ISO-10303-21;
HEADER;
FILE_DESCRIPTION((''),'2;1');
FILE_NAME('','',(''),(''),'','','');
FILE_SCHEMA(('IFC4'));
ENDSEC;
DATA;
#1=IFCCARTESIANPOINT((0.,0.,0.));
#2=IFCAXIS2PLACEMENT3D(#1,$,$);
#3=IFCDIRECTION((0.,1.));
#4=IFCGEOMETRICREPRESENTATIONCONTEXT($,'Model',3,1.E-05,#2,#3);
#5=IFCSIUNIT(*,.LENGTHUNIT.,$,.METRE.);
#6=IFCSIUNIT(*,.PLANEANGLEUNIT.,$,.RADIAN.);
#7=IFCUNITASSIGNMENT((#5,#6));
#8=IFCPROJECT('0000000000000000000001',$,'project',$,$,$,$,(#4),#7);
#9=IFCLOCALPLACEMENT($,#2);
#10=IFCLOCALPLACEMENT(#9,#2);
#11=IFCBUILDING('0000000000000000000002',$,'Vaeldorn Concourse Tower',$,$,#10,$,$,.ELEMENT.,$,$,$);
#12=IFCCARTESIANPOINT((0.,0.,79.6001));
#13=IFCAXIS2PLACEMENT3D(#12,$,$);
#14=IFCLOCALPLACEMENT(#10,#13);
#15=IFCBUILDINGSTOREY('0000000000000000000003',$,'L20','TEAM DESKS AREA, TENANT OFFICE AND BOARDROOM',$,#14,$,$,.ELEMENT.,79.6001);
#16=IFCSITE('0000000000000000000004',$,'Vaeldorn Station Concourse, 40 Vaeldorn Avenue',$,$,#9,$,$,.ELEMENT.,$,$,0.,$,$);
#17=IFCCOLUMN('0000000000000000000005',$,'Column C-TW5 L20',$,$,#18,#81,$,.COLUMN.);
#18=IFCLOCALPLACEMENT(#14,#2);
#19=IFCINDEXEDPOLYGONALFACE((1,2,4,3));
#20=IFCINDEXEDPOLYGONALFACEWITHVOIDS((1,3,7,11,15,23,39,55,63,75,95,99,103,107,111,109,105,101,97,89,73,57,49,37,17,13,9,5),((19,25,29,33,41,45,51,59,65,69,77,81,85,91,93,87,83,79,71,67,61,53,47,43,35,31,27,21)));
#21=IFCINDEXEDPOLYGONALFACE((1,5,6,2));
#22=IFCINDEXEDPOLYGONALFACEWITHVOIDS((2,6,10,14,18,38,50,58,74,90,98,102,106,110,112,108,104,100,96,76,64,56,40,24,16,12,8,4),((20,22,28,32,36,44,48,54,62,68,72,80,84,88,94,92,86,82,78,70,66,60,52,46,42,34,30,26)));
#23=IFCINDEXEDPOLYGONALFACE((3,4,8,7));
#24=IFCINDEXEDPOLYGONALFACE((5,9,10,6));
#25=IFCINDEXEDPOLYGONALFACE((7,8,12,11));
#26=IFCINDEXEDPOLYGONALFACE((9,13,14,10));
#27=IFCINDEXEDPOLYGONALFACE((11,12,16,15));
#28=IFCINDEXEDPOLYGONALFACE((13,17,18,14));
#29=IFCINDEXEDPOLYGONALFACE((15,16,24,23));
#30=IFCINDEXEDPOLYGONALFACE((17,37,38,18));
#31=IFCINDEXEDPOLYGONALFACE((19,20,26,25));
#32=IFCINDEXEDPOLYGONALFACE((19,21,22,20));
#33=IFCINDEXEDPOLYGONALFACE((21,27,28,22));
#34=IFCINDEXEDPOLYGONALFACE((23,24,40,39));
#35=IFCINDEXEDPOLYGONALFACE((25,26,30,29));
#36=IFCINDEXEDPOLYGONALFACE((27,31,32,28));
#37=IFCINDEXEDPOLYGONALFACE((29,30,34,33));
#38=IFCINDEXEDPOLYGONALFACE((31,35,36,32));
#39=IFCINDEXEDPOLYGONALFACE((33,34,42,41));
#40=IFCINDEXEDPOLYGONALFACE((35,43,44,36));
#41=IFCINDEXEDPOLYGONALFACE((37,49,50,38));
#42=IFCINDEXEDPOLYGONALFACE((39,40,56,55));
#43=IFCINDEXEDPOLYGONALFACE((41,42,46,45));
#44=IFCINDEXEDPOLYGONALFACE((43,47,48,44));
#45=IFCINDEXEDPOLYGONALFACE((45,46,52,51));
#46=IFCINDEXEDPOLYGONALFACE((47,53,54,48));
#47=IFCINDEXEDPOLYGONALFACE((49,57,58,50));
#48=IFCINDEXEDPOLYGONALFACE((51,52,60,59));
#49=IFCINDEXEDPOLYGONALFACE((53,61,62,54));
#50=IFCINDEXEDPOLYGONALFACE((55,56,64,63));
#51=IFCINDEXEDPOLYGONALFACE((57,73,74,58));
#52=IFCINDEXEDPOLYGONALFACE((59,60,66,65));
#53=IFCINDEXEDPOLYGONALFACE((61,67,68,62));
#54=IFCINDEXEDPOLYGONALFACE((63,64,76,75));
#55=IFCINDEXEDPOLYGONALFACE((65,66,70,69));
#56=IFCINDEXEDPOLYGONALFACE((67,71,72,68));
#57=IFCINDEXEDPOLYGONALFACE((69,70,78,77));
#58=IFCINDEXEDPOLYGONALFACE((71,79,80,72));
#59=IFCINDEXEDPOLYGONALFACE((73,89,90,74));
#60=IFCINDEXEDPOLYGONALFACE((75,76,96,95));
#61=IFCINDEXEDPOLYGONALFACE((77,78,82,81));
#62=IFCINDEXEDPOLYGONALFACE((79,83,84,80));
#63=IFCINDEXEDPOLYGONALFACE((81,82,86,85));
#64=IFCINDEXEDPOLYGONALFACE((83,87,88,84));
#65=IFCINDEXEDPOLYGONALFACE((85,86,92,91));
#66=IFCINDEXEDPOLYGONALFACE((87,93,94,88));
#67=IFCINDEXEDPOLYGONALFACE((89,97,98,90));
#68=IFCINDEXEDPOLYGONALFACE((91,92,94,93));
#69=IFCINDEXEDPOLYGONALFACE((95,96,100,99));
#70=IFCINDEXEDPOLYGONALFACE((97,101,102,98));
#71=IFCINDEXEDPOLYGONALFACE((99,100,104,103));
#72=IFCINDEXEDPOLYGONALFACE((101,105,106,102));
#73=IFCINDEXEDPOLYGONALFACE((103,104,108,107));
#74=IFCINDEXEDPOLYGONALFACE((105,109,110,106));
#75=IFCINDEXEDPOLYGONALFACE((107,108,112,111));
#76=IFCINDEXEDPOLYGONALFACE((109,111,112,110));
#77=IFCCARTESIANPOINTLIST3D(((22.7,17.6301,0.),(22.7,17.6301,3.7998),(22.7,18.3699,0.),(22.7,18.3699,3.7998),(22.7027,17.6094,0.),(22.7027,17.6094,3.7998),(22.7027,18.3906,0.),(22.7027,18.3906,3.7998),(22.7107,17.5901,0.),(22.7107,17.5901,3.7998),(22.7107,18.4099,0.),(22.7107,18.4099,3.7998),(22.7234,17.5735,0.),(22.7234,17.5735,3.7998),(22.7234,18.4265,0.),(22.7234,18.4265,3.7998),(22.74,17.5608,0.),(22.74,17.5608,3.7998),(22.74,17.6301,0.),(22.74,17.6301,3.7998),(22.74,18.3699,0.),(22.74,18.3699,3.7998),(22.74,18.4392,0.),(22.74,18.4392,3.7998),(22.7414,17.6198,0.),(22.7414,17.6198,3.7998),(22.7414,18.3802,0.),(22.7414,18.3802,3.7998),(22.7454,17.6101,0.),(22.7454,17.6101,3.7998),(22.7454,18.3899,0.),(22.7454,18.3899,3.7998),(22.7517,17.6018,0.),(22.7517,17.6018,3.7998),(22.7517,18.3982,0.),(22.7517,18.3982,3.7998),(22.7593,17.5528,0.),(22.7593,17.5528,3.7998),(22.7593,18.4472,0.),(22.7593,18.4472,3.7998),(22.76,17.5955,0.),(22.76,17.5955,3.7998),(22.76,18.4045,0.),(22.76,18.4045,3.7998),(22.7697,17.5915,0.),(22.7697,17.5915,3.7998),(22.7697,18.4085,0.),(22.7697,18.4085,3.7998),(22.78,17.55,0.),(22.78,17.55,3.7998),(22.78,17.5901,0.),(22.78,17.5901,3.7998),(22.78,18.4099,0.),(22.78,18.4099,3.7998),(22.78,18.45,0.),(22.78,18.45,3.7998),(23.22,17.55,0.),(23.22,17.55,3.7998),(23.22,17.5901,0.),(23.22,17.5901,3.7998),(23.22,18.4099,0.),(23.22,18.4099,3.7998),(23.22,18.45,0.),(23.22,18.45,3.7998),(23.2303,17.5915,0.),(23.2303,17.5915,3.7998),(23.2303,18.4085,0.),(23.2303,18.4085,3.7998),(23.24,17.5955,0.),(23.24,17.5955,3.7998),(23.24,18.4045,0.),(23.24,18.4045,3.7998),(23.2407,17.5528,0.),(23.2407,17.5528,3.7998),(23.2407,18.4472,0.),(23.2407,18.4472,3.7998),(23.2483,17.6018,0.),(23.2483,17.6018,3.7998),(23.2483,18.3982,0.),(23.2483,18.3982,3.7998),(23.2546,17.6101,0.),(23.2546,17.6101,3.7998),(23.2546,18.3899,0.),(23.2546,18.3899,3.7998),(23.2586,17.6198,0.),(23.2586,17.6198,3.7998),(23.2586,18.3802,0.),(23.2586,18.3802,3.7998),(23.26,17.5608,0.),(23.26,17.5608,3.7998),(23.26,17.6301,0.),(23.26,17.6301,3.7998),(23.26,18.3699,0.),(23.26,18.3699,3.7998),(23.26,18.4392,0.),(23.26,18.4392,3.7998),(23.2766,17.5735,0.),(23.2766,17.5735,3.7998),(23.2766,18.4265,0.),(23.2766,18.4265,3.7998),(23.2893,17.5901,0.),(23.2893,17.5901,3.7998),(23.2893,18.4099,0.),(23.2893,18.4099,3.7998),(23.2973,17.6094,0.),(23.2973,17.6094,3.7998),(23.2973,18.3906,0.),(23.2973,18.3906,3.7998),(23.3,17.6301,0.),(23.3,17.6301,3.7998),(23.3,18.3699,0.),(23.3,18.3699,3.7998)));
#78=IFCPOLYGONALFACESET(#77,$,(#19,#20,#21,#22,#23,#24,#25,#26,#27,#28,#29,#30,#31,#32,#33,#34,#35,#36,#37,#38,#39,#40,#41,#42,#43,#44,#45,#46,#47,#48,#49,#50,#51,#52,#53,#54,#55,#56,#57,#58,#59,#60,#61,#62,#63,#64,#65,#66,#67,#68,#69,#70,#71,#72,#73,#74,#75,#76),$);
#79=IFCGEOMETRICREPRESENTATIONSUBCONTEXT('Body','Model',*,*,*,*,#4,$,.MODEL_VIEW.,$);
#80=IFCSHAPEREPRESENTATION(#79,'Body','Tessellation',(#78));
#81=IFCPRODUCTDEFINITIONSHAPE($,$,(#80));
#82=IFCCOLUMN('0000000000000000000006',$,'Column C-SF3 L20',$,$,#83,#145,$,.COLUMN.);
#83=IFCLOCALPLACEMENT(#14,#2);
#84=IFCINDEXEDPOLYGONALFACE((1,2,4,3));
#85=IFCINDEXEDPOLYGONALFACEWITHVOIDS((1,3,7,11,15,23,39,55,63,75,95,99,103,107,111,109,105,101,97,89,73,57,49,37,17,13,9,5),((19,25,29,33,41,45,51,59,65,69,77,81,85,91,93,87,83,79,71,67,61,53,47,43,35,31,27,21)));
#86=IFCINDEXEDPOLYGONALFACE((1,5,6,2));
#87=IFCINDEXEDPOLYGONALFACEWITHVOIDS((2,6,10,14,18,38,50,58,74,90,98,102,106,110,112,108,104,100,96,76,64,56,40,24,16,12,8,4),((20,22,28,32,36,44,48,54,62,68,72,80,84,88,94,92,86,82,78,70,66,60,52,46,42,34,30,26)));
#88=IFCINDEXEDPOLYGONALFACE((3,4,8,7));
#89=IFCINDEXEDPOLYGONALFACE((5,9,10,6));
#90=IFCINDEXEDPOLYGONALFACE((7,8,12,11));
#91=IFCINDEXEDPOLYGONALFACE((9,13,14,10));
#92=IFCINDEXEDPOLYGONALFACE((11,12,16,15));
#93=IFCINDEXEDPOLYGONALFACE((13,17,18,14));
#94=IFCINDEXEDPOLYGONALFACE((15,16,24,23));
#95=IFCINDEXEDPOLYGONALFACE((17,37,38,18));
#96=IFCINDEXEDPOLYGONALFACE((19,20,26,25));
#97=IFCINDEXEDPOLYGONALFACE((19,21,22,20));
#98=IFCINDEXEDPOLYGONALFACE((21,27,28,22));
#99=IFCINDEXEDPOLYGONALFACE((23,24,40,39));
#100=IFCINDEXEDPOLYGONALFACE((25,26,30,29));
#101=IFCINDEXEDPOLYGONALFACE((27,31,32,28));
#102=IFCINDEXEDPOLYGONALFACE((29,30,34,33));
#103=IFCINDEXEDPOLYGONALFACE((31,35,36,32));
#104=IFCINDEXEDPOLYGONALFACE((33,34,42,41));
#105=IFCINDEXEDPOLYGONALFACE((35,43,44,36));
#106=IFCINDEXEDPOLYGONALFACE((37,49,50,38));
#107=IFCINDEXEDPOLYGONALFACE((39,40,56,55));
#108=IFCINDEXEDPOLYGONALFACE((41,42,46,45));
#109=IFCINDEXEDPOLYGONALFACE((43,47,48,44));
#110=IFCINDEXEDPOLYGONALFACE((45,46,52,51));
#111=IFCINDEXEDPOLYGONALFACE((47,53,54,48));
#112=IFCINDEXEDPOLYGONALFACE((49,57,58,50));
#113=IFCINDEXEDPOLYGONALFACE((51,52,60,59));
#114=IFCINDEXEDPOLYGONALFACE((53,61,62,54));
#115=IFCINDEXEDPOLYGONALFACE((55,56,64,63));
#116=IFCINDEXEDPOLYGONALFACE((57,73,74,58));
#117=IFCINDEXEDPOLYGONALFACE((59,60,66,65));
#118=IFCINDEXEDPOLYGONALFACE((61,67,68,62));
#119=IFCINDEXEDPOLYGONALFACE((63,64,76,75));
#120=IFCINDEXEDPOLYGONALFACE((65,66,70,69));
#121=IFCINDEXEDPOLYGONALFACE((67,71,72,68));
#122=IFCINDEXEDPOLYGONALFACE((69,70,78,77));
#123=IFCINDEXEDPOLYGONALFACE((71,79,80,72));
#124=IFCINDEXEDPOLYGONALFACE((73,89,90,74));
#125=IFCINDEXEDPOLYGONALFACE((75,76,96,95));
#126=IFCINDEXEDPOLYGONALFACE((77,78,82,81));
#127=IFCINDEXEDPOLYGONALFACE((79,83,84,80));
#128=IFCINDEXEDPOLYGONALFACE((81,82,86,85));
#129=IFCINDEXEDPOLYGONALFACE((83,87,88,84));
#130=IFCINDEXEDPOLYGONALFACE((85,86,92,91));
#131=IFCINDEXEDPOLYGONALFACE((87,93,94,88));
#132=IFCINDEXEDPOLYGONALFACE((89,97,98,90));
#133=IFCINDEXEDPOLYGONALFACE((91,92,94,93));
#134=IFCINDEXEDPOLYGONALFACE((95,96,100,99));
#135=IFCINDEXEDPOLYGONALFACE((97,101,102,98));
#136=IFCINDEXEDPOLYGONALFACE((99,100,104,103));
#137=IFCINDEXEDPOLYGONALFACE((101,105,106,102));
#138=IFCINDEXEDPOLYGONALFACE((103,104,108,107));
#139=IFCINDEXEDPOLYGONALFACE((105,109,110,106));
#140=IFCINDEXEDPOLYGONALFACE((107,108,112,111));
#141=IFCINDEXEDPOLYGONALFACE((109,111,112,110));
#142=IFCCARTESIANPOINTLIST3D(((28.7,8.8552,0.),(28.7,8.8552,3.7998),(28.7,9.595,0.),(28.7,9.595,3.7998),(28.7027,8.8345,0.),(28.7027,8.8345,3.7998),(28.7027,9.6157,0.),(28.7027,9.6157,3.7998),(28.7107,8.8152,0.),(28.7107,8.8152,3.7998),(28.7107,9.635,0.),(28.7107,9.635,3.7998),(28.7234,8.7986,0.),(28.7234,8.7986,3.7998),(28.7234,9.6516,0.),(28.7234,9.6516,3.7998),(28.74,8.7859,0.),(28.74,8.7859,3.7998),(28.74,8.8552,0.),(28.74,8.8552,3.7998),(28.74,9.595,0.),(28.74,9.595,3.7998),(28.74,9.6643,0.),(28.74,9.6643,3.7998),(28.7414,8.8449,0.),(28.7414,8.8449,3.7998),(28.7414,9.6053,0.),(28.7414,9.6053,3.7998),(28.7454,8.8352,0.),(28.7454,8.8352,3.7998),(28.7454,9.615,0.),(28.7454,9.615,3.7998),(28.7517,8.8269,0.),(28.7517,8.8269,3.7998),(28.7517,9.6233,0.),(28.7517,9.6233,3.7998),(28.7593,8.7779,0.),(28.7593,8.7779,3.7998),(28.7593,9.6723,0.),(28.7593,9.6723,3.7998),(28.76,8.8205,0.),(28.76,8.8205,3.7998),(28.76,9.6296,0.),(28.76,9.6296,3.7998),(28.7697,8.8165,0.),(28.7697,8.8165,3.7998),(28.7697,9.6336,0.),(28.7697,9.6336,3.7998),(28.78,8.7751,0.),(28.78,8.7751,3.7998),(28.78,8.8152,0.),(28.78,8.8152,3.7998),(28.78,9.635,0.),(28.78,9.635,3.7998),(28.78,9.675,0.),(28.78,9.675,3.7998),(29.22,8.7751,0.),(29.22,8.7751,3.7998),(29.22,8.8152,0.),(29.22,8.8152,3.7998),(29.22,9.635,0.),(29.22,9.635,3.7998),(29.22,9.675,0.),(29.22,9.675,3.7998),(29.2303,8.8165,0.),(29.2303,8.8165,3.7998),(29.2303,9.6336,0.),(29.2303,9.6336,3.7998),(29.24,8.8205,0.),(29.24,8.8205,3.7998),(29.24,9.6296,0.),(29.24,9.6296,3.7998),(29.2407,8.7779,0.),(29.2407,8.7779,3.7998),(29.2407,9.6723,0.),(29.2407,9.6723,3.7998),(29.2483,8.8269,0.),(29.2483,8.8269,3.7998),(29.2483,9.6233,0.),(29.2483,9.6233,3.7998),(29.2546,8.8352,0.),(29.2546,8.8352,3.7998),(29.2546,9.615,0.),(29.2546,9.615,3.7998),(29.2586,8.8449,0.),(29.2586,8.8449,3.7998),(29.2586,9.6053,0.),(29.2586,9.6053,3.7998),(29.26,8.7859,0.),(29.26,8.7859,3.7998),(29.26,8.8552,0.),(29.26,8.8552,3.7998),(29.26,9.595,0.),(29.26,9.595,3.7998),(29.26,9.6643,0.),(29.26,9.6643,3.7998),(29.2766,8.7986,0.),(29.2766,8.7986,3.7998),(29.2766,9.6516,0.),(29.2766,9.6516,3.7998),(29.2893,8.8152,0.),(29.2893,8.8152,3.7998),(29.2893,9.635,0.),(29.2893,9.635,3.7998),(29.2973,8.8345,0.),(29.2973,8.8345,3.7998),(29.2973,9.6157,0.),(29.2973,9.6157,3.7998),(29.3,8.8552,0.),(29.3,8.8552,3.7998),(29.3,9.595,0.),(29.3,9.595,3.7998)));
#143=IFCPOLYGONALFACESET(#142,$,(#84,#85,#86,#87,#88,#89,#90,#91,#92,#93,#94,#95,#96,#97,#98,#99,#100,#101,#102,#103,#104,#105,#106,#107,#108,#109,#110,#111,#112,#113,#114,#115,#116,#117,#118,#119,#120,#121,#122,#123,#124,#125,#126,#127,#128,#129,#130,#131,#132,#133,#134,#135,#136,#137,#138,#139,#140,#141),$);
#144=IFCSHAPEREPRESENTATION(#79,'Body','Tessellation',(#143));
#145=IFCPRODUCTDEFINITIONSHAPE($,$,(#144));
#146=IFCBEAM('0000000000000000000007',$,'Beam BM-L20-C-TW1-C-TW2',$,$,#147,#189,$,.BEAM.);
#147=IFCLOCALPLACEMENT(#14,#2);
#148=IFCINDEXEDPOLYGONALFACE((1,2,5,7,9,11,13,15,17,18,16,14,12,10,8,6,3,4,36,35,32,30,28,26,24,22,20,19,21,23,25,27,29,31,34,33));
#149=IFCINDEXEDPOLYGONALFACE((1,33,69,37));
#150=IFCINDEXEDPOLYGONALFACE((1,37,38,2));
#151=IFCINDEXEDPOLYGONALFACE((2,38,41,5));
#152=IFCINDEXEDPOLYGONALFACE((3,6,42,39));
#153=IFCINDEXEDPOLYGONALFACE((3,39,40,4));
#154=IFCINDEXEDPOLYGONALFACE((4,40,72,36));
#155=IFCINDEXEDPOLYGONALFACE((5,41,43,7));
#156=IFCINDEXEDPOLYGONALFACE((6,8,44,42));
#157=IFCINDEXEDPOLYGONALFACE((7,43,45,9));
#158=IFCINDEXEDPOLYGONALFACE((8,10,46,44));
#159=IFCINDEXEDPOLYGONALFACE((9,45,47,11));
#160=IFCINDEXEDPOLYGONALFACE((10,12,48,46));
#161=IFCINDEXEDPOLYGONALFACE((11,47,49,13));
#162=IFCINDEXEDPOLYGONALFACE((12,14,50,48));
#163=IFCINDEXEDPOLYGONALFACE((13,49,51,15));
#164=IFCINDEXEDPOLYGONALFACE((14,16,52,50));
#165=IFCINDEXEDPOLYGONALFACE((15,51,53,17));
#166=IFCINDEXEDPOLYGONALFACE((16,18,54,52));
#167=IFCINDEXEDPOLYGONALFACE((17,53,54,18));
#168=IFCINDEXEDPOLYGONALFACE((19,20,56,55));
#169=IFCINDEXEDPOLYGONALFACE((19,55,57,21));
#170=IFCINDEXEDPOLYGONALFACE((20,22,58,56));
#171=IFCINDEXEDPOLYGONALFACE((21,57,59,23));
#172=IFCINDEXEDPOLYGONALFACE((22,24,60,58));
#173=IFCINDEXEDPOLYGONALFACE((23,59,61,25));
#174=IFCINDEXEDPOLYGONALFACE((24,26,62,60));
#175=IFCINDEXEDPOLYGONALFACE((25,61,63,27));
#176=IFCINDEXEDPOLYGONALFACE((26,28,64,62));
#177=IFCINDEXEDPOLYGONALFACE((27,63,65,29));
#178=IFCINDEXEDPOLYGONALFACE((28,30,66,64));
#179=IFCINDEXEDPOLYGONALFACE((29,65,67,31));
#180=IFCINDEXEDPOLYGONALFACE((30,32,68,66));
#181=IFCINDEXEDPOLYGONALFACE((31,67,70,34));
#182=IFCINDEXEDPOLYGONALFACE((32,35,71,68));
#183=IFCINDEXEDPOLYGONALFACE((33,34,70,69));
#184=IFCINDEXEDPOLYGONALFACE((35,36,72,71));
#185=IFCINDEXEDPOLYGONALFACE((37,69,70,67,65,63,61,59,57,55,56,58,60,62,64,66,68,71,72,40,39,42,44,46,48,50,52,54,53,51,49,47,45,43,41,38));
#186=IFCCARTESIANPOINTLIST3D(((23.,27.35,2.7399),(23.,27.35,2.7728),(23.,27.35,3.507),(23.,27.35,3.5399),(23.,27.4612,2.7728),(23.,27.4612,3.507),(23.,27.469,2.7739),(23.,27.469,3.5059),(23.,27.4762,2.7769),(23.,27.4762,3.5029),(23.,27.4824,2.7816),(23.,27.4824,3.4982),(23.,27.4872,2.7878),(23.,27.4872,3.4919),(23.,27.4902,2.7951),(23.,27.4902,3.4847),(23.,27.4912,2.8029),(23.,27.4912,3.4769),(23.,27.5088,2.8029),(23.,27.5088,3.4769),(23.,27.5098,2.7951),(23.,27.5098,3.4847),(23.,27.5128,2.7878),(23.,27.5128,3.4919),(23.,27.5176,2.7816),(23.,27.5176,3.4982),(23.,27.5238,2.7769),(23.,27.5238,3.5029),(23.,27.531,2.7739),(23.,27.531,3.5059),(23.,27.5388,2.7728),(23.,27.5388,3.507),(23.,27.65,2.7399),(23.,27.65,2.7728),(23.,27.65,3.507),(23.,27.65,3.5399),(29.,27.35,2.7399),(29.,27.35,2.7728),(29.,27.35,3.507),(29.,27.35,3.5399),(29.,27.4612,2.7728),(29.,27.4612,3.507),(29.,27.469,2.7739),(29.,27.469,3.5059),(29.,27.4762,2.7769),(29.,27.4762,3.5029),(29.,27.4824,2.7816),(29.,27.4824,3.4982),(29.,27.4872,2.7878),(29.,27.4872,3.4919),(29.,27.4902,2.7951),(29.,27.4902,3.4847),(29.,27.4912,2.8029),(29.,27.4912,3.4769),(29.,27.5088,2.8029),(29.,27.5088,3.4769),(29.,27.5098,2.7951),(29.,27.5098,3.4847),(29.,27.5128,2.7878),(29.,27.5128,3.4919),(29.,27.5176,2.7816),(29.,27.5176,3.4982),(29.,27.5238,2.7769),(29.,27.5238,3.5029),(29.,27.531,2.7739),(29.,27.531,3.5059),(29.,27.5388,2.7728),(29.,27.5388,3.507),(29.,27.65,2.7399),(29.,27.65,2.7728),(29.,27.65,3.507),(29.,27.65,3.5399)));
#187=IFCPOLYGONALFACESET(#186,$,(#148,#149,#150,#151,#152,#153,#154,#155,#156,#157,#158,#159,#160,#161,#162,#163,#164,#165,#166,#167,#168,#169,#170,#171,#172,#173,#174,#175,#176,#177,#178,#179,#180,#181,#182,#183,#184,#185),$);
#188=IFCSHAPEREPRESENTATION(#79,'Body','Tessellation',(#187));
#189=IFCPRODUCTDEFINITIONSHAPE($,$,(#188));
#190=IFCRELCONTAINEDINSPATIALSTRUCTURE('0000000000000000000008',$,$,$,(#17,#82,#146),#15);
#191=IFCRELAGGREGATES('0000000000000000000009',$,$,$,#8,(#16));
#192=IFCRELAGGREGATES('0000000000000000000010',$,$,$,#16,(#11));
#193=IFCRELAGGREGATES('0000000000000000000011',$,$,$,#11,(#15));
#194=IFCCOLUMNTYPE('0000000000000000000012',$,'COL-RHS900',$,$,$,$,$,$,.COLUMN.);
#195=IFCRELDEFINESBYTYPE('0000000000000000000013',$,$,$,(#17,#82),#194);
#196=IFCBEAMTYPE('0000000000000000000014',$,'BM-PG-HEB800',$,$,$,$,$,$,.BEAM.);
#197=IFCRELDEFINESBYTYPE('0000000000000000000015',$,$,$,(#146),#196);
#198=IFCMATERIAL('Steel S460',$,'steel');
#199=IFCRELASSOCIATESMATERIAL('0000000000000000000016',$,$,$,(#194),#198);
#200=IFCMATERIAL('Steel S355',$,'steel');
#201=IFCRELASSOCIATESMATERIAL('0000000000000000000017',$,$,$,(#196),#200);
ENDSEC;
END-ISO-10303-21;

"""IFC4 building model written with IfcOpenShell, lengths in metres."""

from ifc_helpers import new_model, si_unit, direction, frame, origin, origin_2d, place, context, subcontext, project, spatial, hollow_rectangle, i_section, extrude, source, transform, mapped, material, material_profile, profile_set, type_object, element, save


model = new_model("IFC4")

# Units and contexts
model_context = context("Model", 3, precision=1e-05, world=origin(), true_north=direction((0.0, 1.0)))
body_context = subcontext(model_context, "Body", "Model", "MODEL_VIEW")
ifc_project = project(units=[si_unit("LENGTHUNIT", "METRE"), si_unit("PLANEANGLEUNIT", "RADIAN")], contexts=[model_context])

# Site, building, storey
site_placement = place(None, origin())
site = spatial("IfcSite", under=ifc_project, at=site_placement, Name="Vaeldorn Station Concourse, 40 Vaeldorn Avenue", CompositionType="ELEMENT", RefElevation=0.0)
building_placement = place(site_placement, origin())
building = spatial("IfcBuilding", under=site, at=building_placement, Name="Vaeldorn Concourse Tower", CompositionType="ELEMENT")
storey_placement = place(building_placement, frame((0.0, 0.0, 79.6001)))
storey = spatial("IfcBuildingStorey", under=building, at=storey_placement, Name="L20", Description="TEAM DESKS AREA, TENANT OFFICE AND BOARDROOM", CompositionType="ELEMENT", Elevation=79.6001)

# Columns
ifc_material_1 = material(Name="Steel S460", Category="steel")
ifc_material_profile_1 = material_profile(ifc_material_1, hollow_rectangle(XDim=0.6001, YDim=0.8999, WallThickness=0.04, InnerFilletRadius=0.04, OuterFilletRadius=0.0801, at=origin_2d()), Name="RHS 900x600x40")
ifc_profile_set_1 = profile_set([ifc_material_profile_1], Name="Steel S460")
column_type_1 = type_object("IfcColumnType", Name="COL-RHS900", PredefinedType="COLUMN", material=ifc_profile_set_1)
shared_shape_1 = source(origin(), body_context, "Body", "SweptSolid", [
    extrude(hollow_rectangle(XDim=0.6001, YDim=0.8999, WallThickness=0.04, InnerFilletRadius=0.04, OuterFilletRadius=0.0801, at=origin_2d()), origin(), (0.0, 0.0, 1.0), 3.7998),
])
for number, where, z_axis, x_axis, name in (
    (1, (23.0, 18.0, 0.0), (0.0, 0.0, 1.0), (1.0, 0.0, 0.0), "Column C-TW5 L20"),
    (2, (29.0, 9.2251, 0.0), (0.0, 0.0, 1.0), (1.0, 0.0, 0.0), "Column C-SF3 L20"),
):
    element("IfcColumn", number, at=place(storey_placement, frame(where, z_axis=z_axis, x_axis=x_axis)), inside=storey, type_object=column_type_1, Name=name, PredefinedType="COLUMN", context=body_context, shape_type="MappedRepresentation", body=[
        mapped(shared_shape_1, transform((0.0, 0.0, 0.0), scale=1.0)),
    ])

# Beam
ifc_material_2 = material(Name="Steel S355", Category="steel")
ifc_material_profile_2 = material_profile(ifc_material_2, i_section(OverallWidth=0.3, OverallDepth=0.8, WebThickness=0.0176, FlangeThickness=0.033, FilletRadius=0.03, at=origin_2d()), Name="HEB 800")
ifc_profile_set_2 = profile_set([ifc_material_profile_2], Name="Steel S355")
beam_type_1 = type_object("IfcBeamType", Name="BM-PG-HEB800", PredefinedType="BEAM", material=ifc_profile_set_2)
shared_shape_2 = source(origin(), body_context, "Body", "SweptSolid", [
    extrude(i_section(OverallWidth=0.3, OverallDepth=0.8, WebThickness=0.0176, FlangeThickness=0.033, FilletRadius=0.03, at=origin_2d()), origin(), (0.0, 0.0, 1.0), 6.0),
])
beam_1_placement = place(storey_placement, frame((23.0, 27.5, 3.1399), z_axis=(1.0, 0.0, 0.0), x_axis=(0.0, 1.0, 0.0)))
element("IfcBeam", 3, at=beam_1_placement, inside=storey, type_object=beam_type_1, Name="Beam BM-L20-C-TW1-C-TW2", PredefinedType="BEAM", context=body_context, shape_type="MappedRepresentation", body=[
    mapped(shared_shape_2, transform((0.0, 0.0, 0.0), scale=1.0)),
])

save(model, "model.ifc")
